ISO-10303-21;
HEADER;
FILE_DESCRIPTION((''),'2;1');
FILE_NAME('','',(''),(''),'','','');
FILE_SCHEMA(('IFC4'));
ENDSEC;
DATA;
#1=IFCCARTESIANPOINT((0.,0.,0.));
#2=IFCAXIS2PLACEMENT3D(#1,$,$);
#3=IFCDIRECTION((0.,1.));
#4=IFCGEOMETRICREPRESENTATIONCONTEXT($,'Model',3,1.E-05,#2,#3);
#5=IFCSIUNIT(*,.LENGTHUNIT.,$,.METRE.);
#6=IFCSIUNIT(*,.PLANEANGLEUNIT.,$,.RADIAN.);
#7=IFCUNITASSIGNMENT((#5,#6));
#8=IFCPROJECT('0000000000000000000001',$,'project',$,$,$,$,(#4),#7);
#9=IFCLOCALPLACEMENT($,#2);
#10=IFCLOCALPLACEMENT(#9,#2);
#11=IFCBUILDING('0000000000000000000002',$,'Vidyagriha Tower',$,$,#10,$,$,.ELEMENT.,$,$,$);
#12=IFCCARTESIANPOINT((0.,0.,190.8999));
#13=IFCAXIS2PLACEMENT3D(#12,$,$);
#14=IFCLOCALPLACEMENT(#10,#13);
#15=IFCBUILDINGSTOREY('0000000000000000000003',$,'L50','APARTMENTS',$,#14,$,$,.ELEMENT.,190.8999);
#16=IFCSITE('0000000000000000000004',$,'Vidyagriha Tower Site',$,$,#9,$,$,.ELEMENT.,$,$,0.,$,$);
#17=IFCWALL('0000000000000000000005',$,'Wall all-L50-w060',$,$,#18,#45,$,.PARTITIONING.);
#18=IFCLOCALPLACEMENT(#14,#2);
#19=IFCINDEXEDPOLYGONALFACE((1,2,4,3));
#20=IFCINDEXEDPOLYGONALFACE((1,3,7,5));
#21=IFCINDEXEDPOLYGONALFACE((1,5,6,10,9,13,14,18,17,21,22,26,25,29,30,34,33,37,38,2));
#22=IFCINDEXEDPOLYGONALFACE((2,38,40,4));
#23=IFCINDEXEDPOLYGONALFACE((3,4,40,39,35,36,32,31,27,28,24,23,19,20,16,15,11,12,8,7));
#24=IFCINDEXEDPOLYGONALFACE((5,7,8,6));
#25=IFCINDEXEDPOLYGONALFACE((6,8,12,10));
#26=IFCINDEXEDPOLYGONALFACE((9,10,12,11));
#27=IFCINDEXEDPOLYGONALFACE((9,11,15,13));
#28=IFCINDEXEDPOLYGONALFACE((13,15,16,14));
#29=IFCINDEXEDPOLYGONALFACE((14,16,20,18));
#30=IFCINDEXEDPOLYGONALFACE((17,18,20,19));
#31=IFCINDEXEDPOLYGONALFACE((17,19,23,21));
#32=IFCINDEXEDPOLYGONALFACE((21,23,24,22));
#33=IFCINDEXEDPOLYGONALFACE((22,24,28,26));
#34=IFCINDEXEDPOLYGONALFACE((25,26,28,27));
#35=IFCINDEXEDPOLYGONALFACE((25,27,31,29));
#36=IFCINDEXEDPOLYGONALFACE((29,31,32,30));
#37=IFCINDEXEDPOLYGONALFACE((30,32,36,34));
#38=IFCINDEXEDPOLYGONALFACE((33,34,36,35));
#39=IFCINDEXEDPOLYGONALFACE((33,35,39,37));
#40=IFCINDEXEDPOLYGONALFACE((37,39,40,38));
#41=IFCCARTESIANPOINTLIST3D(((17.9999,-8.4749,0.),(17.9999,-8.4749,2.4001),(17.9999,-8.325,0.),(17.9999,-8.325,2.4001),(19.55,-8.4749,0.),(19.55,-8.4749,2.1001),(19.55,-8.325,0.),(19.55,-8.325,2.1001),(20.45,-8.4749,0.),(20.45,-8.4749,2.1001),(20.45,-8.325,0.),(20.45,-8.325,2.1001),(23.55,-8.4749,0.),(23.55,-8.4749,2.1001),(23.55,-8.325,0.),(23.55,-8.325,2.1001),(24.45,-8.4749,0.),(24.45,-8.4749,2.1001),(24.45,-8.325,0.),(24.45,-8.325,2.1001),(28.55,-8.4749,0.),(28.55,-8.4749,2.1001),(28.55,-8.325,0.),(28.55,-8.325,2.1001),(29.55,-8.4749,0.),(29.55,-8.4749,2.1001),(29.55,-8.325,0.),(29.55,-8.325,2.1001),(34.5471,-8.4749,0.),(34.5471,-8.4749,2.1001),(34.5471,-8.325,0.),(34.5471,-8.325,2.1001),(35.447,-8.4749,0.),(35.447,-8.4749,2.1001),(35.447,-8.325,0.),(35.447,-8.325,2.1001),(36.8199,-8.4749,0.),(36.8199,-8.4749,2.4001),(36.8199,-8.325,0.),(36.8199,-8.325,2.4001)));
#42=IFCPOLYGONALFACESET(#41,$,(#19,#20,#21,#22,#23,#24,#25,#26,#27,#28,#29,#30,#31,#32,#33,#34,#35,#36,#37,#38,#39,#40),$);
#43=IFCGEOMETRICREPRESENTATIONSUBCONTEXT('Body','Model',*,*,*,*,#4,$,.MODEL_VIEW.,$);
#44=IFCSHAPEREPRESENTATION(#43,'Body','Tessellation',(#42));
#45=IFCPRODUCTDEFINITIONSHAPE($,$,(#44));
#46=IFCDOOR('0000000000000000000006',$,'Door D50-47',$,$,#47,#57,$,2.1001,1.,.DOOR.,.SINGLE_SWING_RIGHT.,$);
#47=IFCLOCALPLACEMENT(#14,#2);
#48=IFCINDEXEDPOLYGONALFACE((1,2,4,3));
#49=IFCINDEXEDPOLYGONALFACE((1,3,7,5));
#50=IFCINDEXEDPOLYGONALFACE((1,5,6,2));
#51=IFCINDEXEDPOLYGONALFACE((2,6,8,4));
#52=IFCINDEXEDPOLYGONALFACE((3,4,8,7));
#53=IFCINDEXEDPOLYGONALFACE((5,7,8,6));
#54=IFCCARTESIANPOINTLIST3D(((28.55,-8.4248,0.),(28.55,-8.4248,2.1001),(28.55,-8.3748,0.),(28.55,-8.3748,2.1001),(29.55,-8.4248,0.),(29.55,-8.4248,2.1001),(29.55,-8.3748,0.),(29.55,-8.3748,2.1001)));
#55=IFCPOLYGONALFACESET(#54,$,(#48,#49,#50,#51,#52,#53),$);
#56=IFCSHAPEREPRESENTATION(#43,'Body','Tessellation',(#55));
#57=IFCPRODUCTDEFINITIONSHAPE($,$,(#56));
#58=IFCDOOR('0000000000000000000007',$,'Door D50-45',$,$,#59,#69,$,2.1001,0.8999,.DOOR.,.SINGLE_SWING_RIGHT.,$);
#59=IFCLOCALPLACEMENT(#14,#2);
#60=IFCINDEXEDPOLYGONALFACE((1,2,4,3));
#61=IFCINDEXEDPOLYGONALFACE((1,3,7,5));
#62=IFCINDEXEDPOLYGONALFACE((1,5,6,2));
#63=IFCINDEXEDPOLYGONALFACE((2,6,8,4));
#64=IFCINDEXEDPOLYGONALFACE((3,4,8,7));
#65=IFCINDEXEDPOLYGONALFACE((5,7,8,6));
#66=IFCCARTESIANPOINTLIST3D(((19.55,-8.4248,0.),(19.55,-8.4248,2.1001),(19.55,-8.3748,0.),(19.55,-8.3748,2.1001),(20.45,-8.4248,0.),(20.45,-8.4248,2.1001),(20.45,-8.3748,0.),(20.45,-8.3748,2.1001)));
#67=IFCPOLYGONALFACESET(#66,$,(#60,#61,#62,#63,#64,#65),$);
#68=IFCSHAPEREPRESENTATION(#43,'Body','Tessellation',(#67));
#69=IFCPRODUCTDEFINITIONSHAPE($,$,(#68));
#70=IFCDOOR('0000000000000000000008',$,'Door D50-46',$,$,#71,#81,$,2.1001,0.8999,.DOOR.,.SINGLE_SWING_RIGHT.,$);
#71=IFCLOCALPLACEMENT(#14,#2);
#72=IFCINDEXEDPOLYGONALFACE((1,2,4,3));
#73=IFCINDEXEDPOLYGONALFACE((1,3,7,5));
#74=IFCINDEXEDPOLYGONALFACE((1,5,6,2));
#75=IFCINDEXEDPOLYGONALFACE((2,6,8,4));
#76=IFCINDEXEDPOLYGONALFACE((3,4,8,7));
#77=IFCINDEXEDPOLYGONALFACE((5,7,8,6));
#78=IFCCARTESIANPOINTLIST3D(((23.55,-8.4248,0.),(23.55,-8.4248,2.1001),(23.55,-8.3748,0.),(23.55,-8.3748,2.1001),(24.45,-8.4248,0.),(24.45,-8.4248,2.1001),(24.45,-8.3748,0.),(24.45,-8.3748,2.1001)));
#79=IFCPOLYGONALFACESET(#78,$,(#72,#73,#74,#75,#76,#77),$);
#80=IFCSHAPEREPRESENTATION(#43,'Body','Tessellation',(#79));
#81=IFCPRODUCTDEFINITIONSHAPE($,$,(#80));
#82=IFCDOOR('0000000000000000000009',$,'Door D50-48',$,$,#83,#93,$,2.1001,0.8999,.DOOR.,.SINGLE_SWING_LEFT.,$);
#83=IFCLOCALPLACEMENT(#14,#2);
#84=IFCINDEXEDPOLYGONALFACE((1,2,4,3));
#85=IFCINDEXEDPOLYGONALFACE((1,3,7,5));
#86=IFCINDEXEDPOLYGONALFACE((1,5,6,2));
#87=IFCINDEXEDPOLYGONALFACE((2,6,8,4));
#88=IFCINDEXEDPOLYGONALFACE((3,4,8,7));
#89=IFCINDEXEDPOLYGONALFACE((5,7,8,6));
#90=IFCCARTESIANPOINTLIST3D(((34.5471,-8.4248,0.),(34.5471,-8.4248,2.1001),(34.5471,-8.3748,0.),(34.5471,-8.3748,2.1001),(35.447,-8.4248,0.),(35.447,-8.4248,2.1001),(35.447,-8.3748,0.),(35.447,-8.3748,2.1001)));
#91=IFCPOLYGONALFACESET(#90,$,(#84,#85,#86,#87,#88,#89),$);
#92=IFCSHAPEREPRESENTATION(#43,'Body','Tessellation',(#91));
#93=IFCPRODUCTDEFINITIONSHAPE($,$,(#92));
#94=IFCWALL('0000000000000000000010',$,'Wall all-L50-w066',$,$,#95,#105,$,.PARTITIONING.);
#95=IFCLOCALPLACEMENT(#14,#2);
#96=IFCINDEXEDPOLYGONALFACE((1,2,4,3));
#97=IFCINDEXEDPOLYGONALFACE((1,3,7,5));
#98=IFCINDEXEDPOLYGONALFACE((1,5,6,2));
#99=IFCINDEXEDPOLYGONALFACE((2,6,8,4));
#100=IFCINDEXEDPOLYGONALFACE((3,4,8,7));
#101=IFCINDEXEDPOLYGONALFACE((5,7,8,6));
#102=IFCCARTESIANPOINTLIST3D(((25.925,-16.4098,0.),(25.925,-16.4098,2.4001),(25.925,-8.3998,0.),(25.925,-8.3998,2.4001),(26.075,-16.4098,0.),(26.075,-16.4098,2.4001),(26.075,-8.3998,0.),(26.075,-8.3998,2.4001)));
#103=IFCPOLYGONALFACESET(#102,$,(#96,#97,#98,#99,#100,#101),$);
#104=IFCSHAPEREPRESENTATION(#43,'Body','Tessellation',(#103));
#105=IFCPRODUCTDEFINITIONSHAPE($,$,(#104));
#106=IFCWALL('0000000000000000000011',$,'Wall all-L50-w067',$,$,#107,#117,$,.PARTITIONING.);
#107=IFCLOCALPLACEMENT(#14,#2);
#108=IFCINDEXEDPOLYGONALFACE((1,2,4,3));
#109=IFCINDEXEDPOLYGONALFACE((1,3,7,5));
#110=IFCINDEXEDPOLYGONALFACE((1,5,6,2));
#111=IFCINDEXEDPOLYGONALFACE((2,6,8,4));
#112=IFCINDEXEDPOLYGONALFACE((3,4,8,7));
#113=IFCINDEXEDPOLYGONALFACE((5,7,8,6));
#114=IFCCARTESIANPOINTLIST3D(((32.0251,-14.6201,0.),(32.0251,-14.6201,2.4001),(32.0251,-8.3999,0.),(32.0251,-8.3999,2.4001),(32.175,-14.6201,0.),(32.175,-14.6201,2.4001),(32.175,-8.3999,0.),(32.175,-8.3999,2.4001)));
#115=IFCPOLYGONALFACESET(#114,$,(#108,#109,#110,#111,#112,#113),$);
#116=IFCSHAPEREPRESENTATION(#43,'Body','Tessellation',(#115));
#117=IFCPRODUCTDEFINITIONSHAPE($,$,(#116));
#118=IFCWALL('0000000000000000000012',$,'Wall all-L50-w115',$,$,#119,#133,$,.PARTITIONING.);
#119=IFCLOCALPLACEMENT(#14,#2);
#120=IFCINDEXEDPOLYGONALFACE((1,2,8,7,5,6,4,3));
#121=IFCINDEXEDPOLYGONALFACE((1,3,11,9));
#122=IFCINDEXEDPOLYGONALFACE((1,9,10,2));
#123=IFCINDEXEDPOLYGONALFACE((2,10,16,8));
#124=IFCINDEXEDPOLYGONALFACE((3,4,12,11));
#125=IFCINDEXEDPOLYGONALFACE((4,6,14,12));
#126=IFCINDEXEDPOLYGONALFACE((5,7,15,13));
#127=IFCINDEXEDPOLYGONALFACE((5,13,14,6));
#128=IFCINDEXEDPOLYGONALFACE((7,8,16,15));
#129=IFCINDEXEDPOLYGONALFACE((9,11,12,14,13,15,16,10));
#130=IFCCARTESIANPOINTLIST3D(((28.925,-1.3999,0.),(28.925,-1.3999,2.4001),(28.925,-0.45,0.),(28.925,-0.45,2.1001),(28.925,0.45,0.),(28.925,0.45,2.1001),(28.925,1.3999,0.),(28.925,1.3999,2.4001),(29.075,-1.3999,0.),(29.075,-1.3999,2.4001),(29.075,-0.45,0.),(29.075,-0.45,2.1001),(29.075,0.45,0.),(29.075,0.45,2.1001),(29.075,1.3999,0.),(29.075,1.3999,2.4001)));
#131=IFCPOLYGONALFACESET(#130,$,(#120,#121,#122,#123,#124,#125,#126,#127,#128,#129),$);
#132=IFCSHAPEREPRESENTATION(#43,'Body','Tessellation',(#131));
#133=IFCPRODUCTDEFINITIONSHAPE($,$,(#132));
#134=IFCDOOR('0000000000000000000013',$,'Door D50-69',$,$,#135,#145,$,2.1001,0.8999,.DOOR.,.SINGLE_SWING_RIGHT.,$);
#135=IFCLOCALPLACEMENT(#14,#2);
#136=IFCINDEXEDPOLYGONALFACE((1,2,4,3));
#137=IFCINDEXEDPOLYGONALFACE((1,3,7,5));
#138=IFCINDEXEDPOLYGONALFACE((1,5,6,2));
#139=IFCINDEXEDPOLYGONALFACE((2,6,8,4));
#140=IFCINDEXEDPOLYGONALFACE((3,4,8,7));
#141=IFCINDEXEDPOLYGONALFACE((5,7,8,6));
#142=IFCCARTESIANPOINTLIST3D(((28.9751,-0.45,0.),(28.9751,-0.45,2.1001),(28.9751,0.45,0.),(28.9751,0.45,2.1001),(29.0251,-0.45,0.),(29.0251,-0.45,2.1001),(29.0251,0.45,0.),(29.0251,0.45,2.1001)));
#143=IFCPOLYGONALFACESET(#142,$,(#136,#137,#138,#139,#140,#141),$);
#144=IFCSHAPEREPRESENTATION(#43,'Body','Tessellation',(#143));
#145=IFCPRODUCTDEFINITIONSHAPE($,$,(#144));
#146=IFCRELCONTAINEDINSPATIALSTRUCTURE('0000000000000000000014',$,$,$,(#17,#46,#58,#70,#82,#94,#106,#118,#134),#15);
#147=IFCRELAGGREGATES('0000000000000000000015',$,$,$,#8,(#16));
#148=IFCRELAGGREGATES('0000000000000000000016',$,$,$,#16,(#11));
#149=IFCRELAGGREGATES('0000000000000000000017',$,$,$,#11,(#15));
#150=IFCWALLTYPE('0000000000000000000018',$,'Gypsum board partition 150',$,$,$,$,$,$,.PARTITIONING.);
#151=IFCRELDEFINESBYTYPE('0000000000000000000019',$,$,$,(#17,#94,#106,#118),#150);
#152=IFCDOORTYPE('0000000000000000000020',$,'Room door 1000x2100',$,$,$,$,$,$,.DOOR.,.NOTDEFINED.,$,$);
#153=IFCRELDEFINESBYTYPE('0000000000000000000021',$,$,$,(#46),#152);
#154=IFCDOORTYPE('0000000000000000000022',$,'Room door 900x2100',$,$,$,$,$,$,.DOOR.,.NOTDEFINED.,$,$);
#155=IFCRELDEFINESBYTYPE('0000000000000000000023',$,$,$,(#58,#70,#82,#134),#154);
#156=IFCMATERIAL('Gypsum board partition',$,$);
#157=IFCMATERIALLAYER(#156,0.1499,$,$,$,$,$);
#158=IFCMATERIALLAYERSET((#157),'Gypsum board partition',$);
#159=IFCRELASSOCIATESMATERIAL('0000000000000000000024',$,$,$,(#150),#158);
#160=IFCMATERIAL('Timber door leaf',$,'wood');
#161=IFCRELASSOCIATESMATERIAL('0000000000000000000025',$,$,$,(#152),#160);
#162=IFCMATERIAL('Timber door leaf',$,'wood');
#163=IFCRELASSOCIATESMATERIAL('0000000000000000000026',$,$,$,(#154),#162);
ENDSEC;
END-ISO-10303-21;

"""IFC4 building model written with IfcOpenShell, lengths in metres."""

from ifc_helpers import new_model, si_unit, direction, frame, frame_2d, origin, place, context, subcontext, project, spatial, rectangle, extrude, material, layer, layer_set, type_object, element, fill, save


model = new_model("IFC4")

# Units and contexts
model_context = context("Model", 3, precision=1e-05, world=origin(), true_north=direction((0.0, 1.0)))
body_context = subcontext(model_context, "Body", "Model", "MODEL_VIEW")
ifc_project = project(units=[si_unit("LENGTHUNIT", "METRE"), si_unit("PLANEANGLEUNIT", "RADIAN")], contexts=[model_context])

# Site, building, storey
site_placement = place(None, origin())
site = spatial("IfcSite", under=ifc_project, at=site_placement, Name="Vidyagriha Tower Site", CompositionType="ELEMENT", RefElevation=0.0)
building_placement = place(site_placement, origin())
building = spatial("IfcBuilding", under=site, at=building_placement, Name="Vidyagriha Tower", CompositionType="ELEMENT")
storey_placement = place(building_placement, frame((0.0, 0.0, 190.8999)))
storey = spatial("IfcBuildingStorey", under=building, at=storey_placement, Name="L50", Description="APARTMENTS", CompositionType="ELEMENT", Elevation=190.8999)

# Shared definitions
ifc_material_1 = material(Name="Gypsum board partition")
ifc_layer_1 = layer(ifc_material_1, 0.1499)
ifc_layer_set_1 = layer_set([ifc_layer_1], Name="Gypsum board partition")
wall_type_1 = type_object("IfcWallType", Name="Gypsum board partition 150", PredefinedType="PARTITIONING", material=ifc_layer_set_1)

# Wall, openings, doors
wall_1_placement = place(storey_placement, frame((36.8201, -8.3999, 0.0), z_axis=(0.0, 0.0, 1.0), x_axis=(-1.0, 0.0, 0.0)))
wall_1 = element("IfcWall", 1, at=wall_1_placement, inside=storey, type_object=wall_type_1, Name="Wall all-L50-w060", PredefinedType="PARTITIONING", context=body_context, shape_type="SweptSolid", body=[
    extrude(rectangle(XDim=18.8201, YDim=0.1499, at=frame_2d((9.4102, 0.0))), origin(), (0.0, 0.0, 1.0), 2.4001),
])
opening_1_placement = place(wall_1_placement, frame((16.3701, 0.0, 0.0)))
opening_1 = element("IfcOpeningElement", 2, at=opening_1_placement, cuts=wall_1, PredefinedType="OPENING", context=body_context, shape_type="SweptSolid", body=[
    extrude(rectangle(XDim=0.8999, YDim=2.1001, at=frame_2d((0.45, 1.05))), frame((0.0, 0.085, 0.0), z_axis=(0.0, -1.0, 0.0), x_axis=(1.0, 0.0, 0.0)), (0.0, 0.0, 1.0), 0.1699),
])
opening_2_placement = place(wall_1_placement, frame((12.3701, 0.0, 0.0)))
opening_2 = element("IfcOpeningElement", 3, at=opening_2_placement, cuts=wall_1, PredefinedType="OPENING", context=body_context, shape_type="SweptSolid", body=[
    extrude(rectangle(XDim=0.8999, YDim=2.1001, at=frame_2d((0.45, 1.05))), frame((0.0, 0.085, 0.0), z_axis=(0.0, -1.0, 0.0), x_axis=(1.0, 0.0, 0.0)), (0.0, 0.0, 1.0), 0.1699),
])
opening_3_placement = place(wall_1_placement, frame((7.27, 0.0, 0.0)))
opening_3 = element("IfcOpeningElement", 4, at=opening_3_placement, cuts=wall_1, PredefinedType="OPENING", context=body_context, shape_type="SweptSolid", body=[
    extrude(rectangle(XDim=1.0, YDim=2.1001, at=frame_2d((0.5, 1.05))), frame((0.0, 0.085, 0.0), z_axis=(0.0, -1.0, 0.0), x_axis=(1.0, 0.0, 0.0)), (0.0, 0.0, 1.0), 0.1699),
])
opening_4_placement = place(wall_1_placement, frame((1.373, 0.0, 0.0)))
opening_4 = element("IfcOpeningElement", 5, at=opening_4_placement, cuts=wall_1, PredefinedType="OPENING", context=body_context, shape_type="SweptSolid", body=[
    extrude(rectangle(XDim=0.8999, YDim=2.1001, at=frame_2d((0.45, 1.05))), frame((0.0, 0.085, 0.0), z_axis=(0.0, -1.0, 0.0), x_axis=(1.0, 0.0, 0.0)), (0.0, 0.0, 1.0), 0.1699),
])
ifc_material_2 = material(Name="Timber door leaf", Category="wood")
door_type_1 = type_object("IfcDoorType", Name="Room door 1000x2100", OperationType="NOTDEFINED", PredefinedType="DOOR", material=ifc_material_2)
door_1_placement = place(opening_3_placement, origin())
door_1 = element("IfcDoor", 6, at=door_1_placement, inside=storey, type_object=door_type_1, Name="Door D50-47", OperationType="SINGLE_SWING_RIGHT", OverallHeight=2.1001, OverallWidth=1.0, PredefinedType="DOOR", context=body_context, shape_type="SweptSolid", body=[
    extrude(rectangle(XDim=1.0, YDim=2.1001, at=frame_2d((0.5, 1.05))), frame((0.0, 0.0249, 0.0), z_axis=(0.0, -1.0, 0.0), x_axis=(1.0, 0.0, 0.0)), (0.0, 0.0, 1.0), 0.05),
])
fill(opening_3, door_1)
ifc_material_3 = material(Name="Timber door leaf", Category="wood")
door_type_2 = type_object("IfcDoorType", Name="Room door 900x2100", OperationType="NOTDEFINED", PredefinedType="DOOR", material=ifc_material_3)
door_2_placement = place(opening_1_placement, origin())
door_2 = element("IfcDoor", 7, at=door_2_placement, inside=storey, type_object=door_type_2, Name="Door D50-45", OperationType="SINGLE_SWING_RIGHT", OverallHeight=2.1001, OverallWidth=0.8999, PredefinedType="DOOR", context=body_context, shape_type="SweptSolid", body=[
    extrude(rectangle(XDim=0.8999, YDim=2.1001, at=frame_2d((0.45, 1.05))), frame((0.0, 0.0249, 0.0), z_axis=(0.0, -1.0, 0.0), x_axis=(1.0, 0.0, 0.0)), (0.0, 0.0, 1.0), 0.05),
])
fill(opening_1, door_2)
door_3_placement = place(opening_2_placement, origin())
door_3 = element("IfcDoor", 8, at=door_3_placement, inside=storey, type_object=door_type_2, Name="Door D50-46", OperationType="SINGLE_SWING_RIGHT", OverallHeight=2.1001, OverallWidth=0.8999, PredefinedType="DOOR", context=body_context, shape_type="SweptSolid", body=[
    extrude(rectangle(XDim=0.8999, YDim=2.1001, at=frame_2d((0.45, 1.05))), frame((0.0, 0.0249, 0.0), z_axis=(0.0, -1.0, 0.0), x_axis=(1.0, 0.0, 0.0)), (0.0, 0.0, 1.0), 0.05),
])
fill(opening_2, door_3)
door_4_placement = place(opening_4_placement, origin())
door_4 = element("IfcDoor", 9, at=door_4_placement, inside=storey, type_object=door_type_2, Name="Door D50-48", OperationType="SINGLE_SWING_LEFT", OverallHeight=2.1001, OverallWidth=0.8999, PredefinedType="DOOR", context=body_context, shape_type="SweptSolid", body=[
    extrude(rectangle(XDim=0.8999, YDim=2.1001, at=frame_2d((0.45, 1.05))), frame((0.0, 0.0249, 0.0), z_axis=(0.0, -1.0, 0.0), x_axis=(1.0, 0.0, 0.0)), (0.0, 0.0, 1.0), 0.05),
])
fill(opening_4, door_4)

# Walls
wall_2_placement = place(storey_placement, frame((26.0, -8.3999, 0.0), z_axis=(0.0, 0.0, 1.0), x_axis=(0.0, -1.0, 0.0)))
element("IfcWall", 10, at=wall_2_placement, inside=storey, type_object=wall_type_1, Name="Wall all-L50-w066", PredefinedType="PARTITIONING", context=body_context, shape_type="SweptSolid", body=[
    extrude(rectangle(XDim=8.01, YDim=0.1499, at=frame_2d((4.0049, 0.0))), origin(), (0.0, 0.0, 1.0), 2.4001),
])
wall_3_placement = place(storey_placement, frame((32.1001, -8.3999, 0.0), z_axis=(0.0, 0.0, 1.0), x_axis=(0.0, -1.0, 0.0)))
element("IfcWall", 11, at=wall_3_placement, inside=storey, type_object=wall_type_1, Name="Wall all-L50-w067", PredefinedType="PARTITIONING", context=body_context, shape_type="SweptSolid", body=[
    extrude(rectangle(XDim=6.2202, YDim=0.1499, at=frame_2d((3.1101, 0.0))), origin(), (0.0, 0.0, 1.0), 2.4001),
])

# Wall, opening, door
wall_4_placement = place(storey_placement, frame((29.0, -1.3999, 0.0), z_axis=(0.0, 0.0, 1.0), x_axis=(0.0, 1.0, 0.0)))
wall_4 = element("IfcWall", 12, at=wall_4_placement, inside=storey, type_object=wall_type_1, Name="Wall all-L50-w115", PredefinedType="PARTITIONING", context=body_context, shape_type="SweptSolid", body=[
    extrude(rectangle(XDim=2.7998, YDim=0.1499, at=frame_2d((1.3999, 0.0))), origin(), (0.0, 0.0, 1.0), 2.4001),
])
opening_5_placement = place(wall_4_placement, frame((0.95, 0.0, 0.0)))
opening_5 = element("IfcOpeningElement", 13, at=opening_5_placement, cuts=wall_4, PredefinedType="OPENING", context=body_context, shape_type="SweptSolid", body=[
    extrude(rectangle(XDim=0.8999, YDim=2.1001, at=frame_2d((0.45, 1.05))), frame((0.0, 0.085, 0.0), z_axis=(0.0, -1.0, 0.0), x_axis=(1.0, 0.0, 0.0)), (0.0, 0.0, 1.0), 0.1699),
])
door_5_placement = place(opening_5_placement, origin())
door_5 = element("IfcDoor", 14, at=door_5_placement, inside=storey, type_object=door_type_2, Name="Door D50-69", OperationType="SINGLE_SWING_RIGHT", OverallHeight=2.1001, OverallWidth=0.8999, PredefinedType="DOOR", context=body_context, shape_type="SweptSolid", body=[
    extrude(rectangle(XDim=0.8999, YDim=2.1001, at=frame_2d((0.45, 1.05))), frame((0.0, 0.0249, 0.0), z_axis=(0.0, -1.0, 0.0), x_axis=(1.0, 0.0, 0.0)), (0.0, 0.0, 1.0), 0.05),
])
fill(opening_5, door_5)

save(model, "model.ifc")
